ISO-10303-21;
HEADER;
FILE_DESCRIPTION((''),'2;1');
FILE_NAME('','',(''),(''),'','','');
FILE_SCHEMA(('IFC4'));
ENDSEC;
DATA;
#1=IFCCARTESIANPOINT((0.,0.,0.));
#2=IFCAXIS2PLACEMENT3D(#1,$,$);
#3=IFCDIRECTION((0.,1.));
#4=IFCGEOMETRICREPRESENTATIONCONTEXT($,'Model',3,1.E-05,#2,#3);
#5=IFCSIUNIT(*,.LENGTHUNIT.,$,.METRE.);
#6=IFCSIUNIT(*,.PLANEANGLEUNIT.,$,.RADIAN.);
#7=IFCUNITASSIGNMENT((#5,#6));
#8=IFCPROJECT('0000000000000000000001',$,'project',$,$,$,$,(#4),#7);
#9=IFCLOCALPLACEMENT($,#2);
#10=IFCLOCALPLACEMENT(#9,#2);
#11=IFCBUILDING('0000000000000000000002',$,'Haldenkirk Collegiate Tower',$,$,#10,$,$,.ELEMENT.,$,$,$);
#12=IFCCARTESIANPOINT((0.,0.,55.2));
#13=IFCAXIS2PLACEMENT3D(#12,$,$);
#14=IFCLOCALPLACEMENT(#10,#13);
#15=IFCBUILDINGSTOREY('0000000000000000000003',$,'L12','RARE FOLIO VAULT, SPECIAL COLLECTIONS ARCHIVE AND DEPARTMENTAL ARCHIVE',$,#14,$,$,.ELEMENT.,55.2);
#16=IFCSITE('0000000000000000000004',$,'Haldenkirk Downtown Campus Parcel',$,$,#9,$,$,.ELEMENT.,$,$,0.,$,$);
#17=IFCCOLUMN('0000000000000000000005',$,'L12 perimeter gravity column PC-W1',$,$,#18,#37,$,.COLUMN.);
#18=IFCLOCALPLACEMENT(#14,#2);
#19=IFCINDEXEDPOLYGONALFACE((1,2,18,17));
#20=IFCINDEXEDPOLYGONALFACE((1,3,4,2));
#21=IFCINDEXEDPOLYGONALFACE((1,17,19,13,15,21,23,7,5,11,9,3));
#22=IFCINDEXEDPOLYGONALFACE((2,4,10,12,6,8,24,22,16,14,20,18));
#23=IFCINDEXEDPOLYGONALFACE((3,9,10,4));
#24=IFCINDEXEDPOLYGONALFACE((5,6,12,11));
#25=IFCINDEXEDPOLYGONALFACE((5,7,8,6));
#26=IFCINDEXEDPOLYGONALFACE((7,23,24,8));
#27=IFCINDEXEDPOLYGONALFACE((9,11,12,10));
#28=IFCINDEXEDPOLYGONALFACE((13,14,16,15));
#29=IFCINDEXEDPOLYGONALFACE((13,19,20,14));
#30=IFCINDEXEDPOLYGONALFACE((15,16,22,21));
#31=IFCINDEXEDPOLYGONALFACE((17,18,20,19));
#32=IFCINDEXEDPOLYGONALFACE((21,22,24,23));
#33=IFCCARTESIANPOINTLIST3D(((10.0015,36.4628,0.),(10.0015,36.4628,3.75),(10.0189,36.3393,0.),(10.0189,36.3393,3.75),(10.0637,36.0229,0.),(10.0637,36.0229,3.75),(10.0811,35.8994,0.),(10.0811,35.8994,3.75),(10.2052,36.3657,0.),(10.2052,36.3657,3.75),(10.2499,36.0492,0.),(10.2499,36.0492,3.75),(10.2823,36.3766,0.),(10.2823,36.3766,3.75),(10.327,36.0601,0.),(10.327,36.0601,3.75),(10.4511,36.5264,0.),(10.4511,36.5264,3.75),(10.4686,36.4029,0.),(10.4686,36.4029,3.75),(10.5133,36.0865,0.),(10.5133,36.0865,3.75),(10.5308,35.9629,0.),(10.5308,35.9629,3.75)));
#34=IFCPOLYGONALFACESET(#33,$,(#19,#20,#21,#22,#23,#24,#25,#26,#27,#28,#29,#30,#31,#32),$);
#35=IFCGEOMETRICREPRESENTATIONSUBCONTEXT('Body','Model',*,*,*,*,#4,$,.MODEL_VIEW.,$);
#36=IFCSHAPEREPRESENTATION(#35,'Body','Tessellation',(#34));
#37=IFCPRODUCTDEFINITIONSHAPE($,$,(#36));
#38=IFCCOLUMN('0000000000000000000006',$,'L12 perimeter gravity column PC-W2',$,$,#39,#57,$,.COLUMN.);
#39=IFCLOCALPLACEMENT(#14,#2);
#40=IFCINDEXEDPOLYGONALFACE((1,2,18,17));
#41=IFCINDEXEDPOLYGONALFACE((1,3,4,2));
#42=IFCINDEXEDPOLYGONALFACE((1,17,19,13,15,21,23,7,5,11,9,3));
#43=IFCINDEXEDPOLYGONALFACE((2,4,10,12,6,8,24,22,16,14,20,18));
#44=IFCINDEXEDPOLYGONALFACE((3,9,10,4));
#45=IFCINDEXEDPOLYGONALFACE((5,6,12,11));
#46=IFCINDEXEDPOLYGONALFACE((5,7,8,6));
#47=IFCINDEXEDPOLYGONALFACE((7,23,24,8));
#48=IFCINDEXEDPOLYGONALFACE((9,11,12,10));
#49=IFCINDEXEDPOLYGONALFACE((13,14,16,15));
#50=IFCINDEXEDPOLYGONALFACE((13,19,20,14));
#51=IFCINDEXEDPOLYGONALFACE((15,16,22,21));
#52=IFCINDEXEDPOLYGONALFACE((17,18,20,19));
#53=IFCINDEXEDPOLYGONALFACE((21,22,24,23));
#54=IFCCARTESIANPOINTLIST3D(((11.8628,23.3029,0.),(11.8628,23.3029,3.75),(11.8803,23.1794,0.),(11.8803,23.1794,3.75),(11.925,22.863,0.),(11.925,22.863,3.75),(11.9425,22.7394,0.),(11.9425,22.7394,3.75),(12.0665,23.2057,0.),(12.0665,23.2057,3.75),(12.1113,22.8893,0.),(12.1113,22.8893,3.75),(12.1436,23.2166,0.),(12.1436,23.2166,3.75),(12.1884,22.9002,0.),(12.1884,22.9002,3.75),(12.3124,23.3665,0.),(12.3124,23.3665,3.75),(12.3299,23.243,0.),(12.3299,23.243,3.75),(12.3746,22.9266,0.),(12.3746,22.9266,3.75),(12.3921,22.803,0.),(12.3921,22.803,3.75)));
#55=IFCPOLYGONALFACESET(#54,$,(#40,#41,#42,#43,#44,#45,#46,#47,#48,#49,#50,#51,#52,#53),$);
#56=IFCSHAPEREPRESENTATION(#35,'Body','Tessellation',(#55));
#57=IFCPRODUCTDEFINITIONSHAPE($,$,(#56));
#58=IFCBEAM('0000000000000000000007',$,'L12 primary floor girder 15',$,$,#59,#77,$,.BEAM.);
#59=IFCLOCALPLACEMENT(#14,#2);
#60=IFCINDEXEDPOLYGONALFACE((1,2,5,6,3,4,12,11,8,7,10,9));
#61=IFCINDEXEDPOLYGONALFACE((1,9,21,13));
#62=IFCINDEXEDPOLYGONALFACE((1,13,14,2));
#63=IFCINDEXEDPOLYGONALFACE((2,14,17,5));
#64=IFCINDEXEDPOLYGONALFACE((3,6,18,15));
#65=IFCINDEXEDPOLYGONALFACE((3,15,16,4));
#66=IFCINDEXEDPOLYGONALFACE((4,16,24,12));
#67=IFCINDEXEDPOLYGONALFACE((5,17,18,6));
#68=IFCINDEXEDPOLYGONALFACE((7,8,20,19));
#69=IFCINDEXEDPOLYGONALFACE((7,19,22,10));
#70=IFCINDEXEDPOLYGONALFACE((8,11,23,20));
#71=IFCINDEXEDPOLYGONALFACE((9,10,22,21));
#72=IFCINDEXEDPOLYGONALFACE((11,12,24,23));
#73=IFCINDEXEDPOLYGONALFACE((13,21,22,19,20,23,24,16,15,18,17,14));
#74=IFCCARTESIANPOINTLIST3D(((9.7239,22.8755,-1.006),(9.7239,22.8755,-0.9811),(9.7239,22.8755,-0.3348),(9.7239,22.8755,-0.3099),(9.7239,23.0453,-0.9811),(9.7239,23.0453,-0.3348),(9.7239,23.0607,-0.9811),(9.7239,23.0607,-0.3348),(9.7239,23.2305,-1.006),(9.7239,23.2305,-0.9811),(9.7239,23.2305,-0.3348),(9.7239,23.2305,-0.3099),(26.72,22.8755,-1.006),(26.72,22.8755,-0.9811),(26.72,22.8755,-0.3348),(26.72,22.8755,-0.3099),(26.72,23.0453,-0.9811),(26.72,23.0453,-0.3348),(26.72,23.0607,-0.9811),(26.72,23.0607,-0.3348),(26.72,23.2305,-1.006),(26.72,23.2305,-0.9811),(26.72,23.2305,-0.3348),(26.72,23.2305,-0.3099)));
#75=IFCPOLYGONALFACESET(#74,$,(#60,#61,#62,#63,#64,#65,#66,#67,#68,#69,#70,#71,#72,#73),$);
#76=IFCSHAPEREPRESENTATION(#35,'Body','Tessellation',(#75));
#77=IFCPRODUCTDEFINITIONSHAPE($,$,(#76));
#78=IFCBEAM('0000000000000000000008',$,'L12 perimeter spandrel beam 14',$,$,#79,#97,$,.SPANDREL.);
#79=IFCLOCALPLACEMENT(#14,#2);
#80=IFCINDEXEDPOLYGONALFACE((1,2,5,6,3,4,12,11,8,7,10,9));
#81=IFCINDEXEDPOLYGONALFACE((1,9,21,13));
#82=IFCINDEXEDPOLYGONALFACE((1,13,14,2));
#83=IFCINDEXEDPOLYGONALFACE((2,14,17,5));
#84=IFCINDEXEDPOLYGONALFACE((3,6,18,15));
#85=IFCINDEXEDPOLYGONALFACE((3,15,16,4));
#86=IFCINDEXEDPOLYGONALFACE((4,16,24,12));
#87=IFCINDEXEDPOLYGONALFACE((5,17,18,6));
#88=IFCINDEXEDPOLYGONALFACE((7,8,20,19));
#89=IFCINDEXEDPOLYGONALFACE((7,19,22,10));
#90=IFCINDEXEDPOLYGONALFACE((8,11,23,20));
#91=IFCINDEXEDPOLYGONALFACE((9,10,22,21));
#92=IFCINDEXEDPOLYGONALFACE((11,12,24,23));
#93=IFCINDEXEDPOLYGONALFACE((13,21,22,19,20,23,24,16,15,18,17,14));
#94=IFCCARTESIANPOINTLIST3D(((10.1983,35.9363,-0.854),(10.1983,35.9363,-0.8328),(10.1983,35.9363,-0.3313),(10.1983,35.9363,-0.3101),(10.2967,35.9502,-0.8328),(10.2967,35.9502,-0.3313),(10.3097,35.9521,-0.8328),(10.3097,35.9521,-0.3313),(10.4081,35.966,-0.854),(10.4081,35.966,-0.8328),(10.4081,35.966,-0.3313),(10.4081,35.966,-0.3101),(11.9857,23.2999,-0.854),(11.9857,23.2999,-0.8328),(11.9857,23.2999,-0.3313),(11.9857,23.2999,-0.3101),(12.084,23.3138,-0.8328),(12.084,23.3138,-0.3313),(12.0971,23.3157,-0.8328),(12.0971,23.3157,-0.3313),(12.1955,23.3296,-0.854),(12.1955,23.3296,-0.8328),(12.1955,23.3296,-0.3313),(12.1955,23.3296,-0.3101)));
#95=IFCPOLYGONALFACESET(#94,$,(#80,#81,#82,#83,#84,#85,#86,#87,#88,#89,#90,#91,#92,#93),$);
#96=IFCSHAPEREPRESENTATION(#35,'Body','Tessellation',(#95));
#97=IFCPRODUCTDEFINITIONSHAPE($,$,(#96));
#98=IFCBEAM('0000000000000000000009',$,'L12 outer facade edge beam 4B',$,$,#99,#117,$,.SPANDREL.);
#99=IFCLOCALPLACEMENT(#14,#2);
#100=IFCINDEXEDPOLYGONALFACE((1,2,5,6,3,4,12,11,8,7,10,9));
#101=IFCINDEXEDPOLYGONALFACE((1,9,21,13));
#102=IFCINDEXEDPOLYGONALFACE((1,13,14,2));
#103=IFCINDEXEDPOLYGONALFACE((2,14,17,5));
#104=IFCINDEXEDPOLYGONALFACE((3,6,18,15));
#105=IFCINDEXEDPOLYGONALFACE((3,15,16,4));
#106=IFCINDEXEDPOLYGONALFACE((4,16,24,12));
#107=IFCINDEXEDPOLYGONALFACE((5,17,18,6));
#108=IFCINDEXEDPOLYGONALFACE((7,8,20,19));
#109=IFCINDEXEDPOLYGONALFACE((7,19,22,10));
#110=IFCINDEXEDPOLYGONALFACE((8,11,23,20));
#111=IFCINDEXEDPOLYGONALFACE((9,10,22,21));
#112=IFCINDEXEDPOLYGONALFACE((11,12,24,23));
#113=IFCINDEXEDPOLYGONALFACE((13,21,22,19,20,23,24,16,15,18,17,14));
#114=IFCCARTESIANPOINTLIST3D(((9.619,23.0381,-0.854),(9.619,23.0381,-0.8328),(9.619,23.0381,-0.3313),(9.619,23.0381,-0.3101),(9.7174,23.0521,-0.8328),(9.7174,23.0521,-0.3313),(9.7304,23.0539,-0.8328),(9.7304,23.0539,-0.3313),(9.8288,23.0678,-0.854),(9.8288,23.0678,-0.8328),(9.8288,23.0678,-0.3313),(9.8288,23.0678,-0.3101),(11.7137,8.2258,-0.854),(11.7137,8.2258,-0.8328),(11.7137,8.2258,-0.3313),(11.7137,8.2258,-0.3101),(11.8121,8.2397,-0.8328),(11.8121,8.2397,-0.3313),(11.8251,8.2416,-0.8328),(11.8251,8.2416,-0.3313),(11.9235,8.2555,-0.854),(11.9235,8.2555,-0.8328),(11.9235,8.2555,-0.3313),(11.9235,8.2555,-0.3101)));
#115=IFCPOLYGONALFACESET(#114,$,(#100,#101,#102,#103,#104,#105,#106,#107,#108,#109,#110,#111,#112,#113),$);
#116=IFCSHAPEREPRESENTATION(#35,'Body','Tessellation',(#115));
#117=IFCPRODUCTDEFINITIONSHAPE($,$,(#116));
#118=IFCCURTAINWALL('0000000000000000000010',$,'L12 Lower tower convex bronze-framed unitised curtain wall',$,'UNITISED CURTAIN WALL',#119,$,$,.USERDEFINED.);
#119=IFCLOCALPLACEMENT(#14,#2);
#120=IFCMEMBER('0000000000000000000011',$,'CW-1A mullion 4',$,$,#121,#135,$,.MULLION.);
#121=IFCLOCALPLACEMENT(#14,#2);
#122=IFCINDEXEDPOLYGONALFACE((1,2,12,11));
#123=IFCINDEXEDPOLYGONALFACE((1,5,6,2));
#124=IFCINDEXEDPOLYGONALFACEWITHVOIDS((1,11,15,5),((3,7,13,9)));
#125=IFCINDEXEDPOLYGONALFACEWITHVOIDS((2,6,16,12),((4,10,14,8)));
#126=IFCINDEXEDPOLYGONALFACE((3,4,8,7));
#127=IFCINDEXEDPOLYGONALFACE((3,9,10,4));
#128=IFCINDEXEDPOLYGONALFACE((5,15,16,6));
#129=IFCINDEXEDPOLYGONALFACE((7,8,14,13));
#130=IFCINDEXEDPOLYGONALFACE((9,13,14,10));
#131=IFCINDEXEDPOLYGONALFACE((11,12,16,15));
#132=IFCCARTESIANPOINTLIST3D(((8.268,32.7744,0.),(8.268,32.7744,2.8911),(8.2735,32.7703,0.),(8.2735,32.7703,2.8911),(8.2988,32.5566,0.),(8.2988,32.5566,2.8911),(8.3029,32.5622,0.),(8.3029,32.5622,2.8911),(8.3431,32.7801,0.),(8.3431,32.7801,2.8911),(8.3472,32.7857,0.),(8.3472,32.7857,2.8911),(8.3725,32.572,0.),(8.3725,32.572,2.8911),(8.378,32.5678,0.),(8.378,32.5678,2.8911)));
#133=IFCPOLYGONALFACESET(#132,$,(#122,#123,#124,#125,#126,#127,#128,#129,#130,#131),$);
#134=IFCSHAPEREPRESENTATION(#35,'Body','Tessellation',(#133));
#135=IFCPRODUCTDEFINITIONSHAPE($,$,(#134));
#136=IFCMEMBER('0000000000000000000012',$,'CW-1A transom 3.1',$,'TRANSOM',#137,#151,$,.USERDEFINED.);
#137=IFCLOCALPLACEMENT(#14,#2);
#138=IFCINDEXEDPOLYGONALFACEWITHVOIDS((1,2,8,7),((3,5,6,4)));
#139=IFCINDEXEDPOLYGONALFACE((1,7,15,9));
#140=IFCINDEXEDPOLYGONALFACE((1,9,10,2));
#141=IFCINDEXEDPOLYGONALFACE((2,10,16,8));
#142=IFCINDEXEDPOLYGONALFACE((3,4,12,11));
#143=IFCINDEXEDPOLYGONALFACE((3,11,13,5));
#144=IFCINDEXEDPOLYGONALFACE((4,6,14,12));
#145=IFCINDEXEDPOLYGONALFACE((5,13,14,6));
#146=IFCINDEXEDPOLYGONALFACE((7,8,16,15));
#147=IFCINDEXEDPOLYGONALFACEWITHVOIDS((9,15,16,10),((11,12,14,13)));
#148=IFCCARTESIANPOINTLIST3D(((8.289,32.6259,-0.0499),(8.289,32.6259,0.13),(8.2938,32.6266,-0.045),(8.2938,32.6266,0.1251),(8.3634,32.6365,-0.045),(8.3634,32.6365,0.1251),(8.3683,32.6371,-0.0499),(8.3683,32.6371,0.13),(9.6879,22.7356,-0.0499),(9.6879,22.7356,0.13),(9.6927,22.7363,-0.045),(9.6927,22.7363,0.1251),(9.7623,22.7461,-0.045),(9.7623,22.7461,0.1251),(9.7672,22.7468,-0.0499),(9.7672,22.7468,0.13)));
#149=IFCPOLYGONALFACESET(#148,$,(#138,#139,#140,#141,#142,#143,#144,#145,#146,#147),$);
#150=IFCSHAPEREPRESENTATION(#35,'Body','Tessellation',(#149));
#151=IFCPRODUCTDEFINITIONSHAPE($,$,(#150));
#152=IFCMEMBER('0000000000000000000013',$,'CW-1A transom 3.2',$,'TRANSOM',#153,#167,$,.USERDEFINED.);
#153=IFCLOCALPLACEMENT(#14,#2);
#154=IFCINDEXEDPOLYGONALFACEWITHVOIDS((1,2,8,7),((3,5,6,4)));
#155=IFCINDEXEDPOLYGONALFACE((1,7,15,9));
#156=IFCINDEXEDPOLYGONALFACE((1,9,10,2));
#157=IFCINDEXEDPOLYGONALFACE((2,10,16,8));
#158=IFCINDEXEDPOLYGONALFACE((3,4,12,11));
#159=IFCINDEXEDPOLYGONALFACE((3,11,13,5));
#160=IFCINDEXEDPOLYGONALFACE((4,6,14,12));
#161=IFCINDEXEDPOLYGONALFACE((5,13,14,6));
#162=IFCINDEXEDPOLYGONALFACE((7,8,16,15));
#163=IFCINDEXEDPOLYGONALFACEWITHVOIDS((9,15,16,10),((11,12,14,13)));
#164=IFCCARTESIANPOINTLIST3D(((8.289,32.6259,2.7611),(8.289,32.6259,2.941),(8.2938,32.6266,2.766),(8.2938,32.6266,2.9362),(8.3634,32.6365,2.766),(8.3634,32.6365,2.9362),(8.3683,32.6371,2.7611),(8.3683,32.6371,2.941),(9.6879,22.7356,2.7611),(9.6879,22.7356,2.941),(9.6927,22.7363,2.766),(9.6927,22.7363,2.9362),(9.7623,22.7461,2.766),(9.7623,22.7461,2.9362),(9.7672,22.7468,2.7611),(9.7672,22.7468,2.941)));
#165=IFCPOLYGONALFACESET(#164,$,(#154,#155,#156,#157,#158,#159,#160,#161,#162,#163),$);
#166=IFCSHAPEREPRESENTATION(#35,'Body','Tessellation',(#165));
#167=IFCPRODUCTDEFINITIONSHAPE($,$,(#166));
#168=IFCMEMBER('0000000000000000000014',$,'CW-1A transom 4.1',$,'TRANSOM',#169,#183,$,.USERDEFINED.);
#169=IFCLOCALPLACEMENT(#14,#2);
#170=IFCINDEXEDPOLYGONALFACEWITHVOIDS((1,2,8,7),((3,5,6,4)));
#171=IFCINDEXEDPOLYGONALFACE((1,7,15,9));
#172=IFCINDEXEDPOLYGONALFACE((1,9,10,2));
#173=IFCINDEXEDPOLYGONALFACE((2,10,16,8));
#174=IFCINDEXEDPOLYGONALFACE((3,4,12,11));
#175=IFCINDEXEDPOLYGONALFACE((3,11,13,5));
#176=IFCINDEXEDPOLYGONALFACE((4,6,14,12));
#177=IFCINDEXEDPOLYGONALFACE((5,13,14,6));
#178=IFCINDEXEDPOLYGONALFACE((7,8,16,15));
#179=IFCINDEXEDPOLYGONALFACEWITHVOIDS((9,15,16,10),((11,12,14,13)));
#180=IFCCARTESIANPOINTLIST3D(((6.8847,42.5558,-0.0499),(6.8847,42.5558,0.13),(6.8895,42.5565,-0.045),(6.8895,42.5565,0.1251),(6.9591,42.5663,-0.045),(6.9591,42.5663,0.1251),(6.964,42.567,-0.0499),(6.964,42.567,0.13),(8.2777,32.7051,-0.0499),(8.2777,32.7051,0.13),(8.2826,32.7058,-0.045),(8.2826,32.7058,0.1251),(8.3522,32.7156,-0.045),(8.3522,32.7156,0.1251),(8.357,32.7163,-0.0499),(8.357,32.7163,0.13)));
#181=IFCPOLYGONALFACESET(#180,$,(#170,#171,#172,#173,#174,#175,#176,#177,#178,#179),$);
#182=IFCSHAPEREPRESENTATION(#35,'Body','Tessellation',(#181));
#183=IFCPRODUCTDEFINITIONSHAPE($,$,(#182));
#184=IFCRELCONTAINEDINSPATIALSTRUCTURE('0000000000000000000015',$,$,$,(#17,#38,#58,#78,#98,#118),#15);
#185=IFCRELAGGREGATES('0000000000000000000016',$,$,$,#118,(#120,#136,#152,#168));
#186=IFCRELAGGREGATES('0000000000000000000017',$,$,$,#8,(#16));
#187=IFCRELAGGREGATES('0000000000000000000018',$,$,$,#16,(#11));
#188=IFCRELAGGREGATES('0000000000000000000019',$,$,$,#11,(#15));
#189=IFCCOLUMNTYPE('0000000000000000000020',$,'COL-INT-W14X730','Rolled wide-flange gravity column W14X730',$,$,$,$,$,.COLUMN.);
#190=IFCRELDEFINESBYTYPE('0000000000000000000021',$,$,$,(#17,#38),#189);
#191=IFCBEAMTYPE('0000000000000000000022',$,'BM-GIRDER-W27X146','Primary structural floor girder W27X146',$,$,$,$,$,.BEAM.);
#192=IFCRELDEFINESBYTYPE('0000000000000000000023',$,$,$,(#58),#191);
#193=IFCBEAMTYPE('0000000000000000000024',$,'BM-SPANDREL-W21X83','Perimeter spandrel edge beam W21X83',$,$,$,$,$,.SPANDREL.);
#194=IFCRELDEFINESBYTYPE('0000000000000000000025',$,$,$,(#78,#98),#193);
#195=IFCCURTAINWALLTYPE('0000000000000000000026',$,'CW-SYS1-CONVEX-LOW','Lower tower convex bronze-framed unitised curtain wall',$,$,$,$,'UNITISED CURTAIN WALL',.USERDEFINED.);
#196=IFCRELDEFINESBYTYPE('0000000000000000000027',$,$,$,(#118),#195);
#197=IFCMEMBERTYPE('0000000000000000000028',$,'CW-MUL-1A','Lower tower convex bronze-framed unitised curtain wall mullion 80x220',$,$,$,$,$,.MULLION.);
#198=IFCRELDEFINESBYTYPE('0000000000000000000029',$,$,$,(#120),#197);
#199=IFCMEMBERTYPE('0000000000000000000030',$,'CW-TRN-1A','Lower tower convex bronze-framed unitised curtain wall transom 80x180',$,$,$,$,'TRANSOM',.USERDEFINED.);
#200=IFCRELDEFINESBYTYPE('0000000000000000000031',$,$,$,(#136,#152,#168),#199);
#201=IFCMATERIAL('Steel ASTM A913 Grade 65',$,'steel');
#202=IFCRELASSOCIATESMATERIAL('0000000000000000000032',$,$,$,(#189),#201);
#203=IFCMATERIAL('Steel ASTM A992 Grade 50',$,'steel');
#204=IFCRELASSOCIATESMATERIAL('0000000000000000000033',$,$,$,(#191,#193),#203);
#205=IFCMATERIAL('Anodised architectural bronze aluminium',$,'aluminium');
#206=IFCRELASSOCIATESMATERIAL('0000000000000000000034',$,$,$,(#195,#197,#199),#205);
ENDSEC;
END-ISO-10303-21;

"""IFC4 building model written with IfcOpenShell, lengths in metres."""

from ifc_helpers import new_model, si_unit, direction, frame, origin, origin_2d, place, context, subcontext, project, spatial, hollow_rectangle, i_section, extrude, material, material_profile, profile_set, type_object, element, aggregate, save


model = new_model("IFC4")

# Units and contexts
model_context = context("Model", 3, precision=1e-05, world=origin(), true_north=direction((0.0, 1.0)))
body_context = subcontext(model_context, "Body", "Model", "MODEL_VIEW")
ifc_project = project(units=[si_unit("LENGTHUNIT", "METRE"), si_unit("PLANEANGLEUNIT", "RADIAN")], contexts=[model_context])

# Site, building, storey
site_placement = place(None, origin())
site = spatial("IfcSite", under=ifc_project, at=site_placement, Name="Haldenkirk Downtown Campus Parcel", CompositionType="ELEMENT", RefElevation=0.0)
building_placement = place(site_placement, origin())
building = spatial("IfcBuilding", under=site, at=building_placement, Name="Haldenkirk Collegiate Tower", CompositionType="ELEMENT")
storey_placement = place(building_placement, frame((0.0, 0.0, 55.2)))
storey = spatial("IfcBuildingStorey", under=building, at=storey_placement, Name="L12", Description="RARE FOLIO VAULT, SPECIAL COLLECTIONS ARCHIVE AND DEPARTMENTAL ARCHIVE", CompositionType="ELEMENT", Elevation=55.2)

# Columns
ifc_material_1 = material(Name="Steel ASTM A913 Grade 65", Category="steel")
ifc_material_profile_1 = material_profile(ifc_material_1, i_section(OverallWidth=0.4541, OverallDepth=0.5691, WebThickness=0.0779, FlangeThickness=0.1248, at=origin_2d()), Name="W14X730")
ifc_profile_set_1 = profile_set([ifc_material_profile_1], Name="Steel ASTM A913 Grade 65")
column_type = type_object("IfcColumnType", Name="COL-INT-W14X730", Description="Rolled wide-flange gravity column W14X730", PredefinedType="COLUMN", material=ifc_profile_set_1)
for number, where, z_axis, x_axis, name in (
    (1, (10.2661, 36.2129, 0.0), (0.0, 0.0, 1.0), (0.990146, 0.140037, 0.0), "L12 perimeter gravity column PC-W1"),
    (2, (12.1274, 23.053, 0.0), (0.0, 0.0, 1.0), (0.990146, 0.140037, 0.0), "L12 perimeter gravity column PC-W2"),
):
    element("IfcColumn", number, at=place(storey_placement, frame(where, z_axis=z_axis, x_axis=x_axis)), inside=storey, type_object=column_type, Name=name, PredefinedType="COLUMN", context=body_context, shape_type="SweptSolid", body=[
        extrude(i_section(OverallWidth=0.4541, OverallDepth=0.5691, WebThickness=0.0779, FlangeThickness=0.1248, at=origin_2d()), origin(), (0.0, 0.0, 1.0), 3.75),
    ])

# Beams
ifc_material_2 = material(Name="Steel ASTM A992 Grade 50", Category="steel")
ifc_material_profile_2 = material_profile(ifc_material_2, i_section(OverallWidth=0.355, OverallDepth=0.696, WebThickness=0.0154, FlangeThickness=0.0249, at=origin_2d()), Name="W27X146")
ifc_profile_set_2 = profile_set([ifc_material_profile_2], Name="Steel ASTM A992 Grade 50")
beam_type_1 = type_object("IfcBeamType", Name="BM-GIRDER-W27X146", Description="Primary structural floor girder W27X146", PredefinedType="BEAM", material=ifc_profile_set_2)
beam_1_placement = place(storey_placement, frame((9.7239, 23.053, -0.658), z_axis=(1.0, 0.0, 0.0), x_axis=(0.0, 1.0, 0.0)))
element("IfcBeam", 3, at=beam_1_placement, inside=storey, type_object=beam_type_1, Name="L12 primary floor girder 15", PredefinedType="BEAM", context=body_context, shape_type="SweptSolid", body=[
    extrude(i_section(OverallWidth=0.355, OverallDepth=0.696, WebThickness=0.0154, FlangeThickness=0.0249, at=origin_2d()), origin(), (0.0, 0.0, 1.0), 16.9961),
])
ifc_material_profile_3 = material_profile(ifc_material_2, i_section(OverallWidth=0.2119, OverallDepth=0.5439, WebThickness=0.0132, FlangeThickness=0.0212, at=origin_2d()), Name="W21X83")
ifc_profile_set_3 = profile_set([ifc_material_profile_3], Name="Steel ASTM A992 Grade 50")
beam_type_2 = type_object("IfcBeamType", Name="BM-SPANDREL-W21X83", Description="Perimeter spandrel edge beam W21X83", PredefinedType="SPANDREL", material=ifc_profile_set_3)
beam_2_placement = place(storey_placement, frame((10.3032, 35.9512, -0.582), z_axis=(0.14005, -0.990144, 0.0), x_axis=(0.990144, 0.14005, 0.0)))
element("IfcBeam", 4, at=beam_2_placement, inside=storey, type_object=beam_type_2, Name="L12 perimeter spandrel beam 14", PredefinedType="SPANDREL", context=body_context, shape_type="SweptSolid", body=[
    extrude(i_section(OverallWidth=0.2119, OverallDepth=0.5439, WebThickness=0.0132, FlangeThickness=0.0212, at=origin_2d()), origin(), (0.0, 0.0, 1.0), 12.7622),
])
beam_3_placement = place(storey_placement, frame((9.7239, 23.053, -0.582), z_axis=(0.140025, -0.990148, 0.0), x_axis=(0.990148, 0.140025, 0.0)))
element("IfcBeam", 5, at=beam_3_placement, inside=storey, type_object=beam_type_2, Name="L12 outer facade edge beam 4B", PredefinedType="SPANDREL", context=body_context, shape_type="SweptSolid", body=[
    extrude(i_section(OverallWidth=0.2119, OverallDepth=0.5439, WebThickness=0.0132, FlangeThickness=0.0212, at=origin_2d()), origin(), (0.0, 0.0, 1.0), 14.9597),
])

# Curtain wall, members
ifc_material_3 = material(Name="Anodised architectural bronze aluminium", Category="aluminium")
curtain_wall_type = type_object("IfcCurtainWallType", Name="CW-SYS1-CONVEX-LOW", Description="Lower tower convex bronze-framed unitised curtain wall", ElementType="UNITISED CURTAIN WALL", PredefinedType="USERDEFINED", material=ifc_material_3)
curtain_wall_placement = place(storey_placement, origin())
curtain_wall = element("IfcCurtainWall", 6, at=curtain_wall_placement, inside=storey, type_object=curtain_wall_type, Name="L12 Lower tower convex bronze-framed unitised curtain wall", ObjectType="UNITISED CURTAIN WALL", PredefinedType="USERDEFINED")
ifc_material_profile_4 = material_profile(ifc_material_3, hollow_rectangle(XDim=0.0801, YDim=0.22, WallThickness=0.0049, at=origin_2d()), Name="CW-MUL-1A")
ifc_profile_set_4 = profile_set([ifc_material_profile_4], Name="Anodised architectural bronze aluminium")
member_type_1 = type_object("IfcMemberType", Name="CW-MUL-1A", Description="Lower tower convex bronze-framed unitised curtain wall mullion 80x220", PredefinedType="MULLION", material=ifc_profile_set_4)
member_1_placement = place(storey_placement, frame((8.323, 32.6711, 0.0), z_axis=(0.0, 0.0, 1.0), x_axis=(-0.990146, -0.140039, 0.0)))
member_1 = element("IfcMember", 7, at=member_1_placement, type_object=member_type_1, Name="CW-1A mullion 4", PredefinedType="MULLION", context=body_context, shape_type="SweptSolid", body=[
    extrude(hollow_rectangle(XDim=0.0801, YDim=0.22, WallThickness=0.0049, at=origin_2d()), origin(), (0.0, 0.0, 1.0), 2.8911),
])
ifc_material_profile_5 = material_profile(ifc_material_3, hollow_rectangle(XDim=0.0801, YDim=0.1799, WallThickness=0.0049, at=origin_2d()), Name="CW-TRN-1A")
ifc_profile_set_5 = profile_set([ifc_material_profile_5], Name="Anodised architectural bronze aluminium")
member_type_2 = type_object("IfcMemberType", Name="CW-TRN-1A", Description="Lower tower convex bronze-framed unitised curtain wall transom 80x180", ElementType="TRANSOM", PredefinedType="USERDEFINED", material=ifc_profile_set_5)
member_2_placement = place(storey_placement, frame((9.7275, 22.7412, 0.04), z_axis=(-0.140049, 0.990145, 0.0), x_axis=(-0.990145, -0.140049, 0.0)))
member_2 = element("IfcMember", 8, at=member_2_placement, type_object=member_type_2, Name="CW-1A transom 3.1", ObjectType="TRANSOM", PredefinedType="USERDEFINED", context=body_context, shape_type="SweptSolid", body=[
    extrude(hollow_rectangle(XDim=0.0801, YDim=0.1799, WallThickness=0.0049, at=origin_2d()), origin(), (0.0, 0.0, 1.0), 9.9888),
])
member_3_placement = place(storey_placement, frame((9.7275, 22.7412, 2.8511), z_axis=(-0.140049, 0.990145, 0.0), x_axis=(-0.990145, -0.140049, 0.0)))
member_3 = element("IfcMember", 9, at=member_3_placement, type_object=member_type_2, Name="CW-1A transom 3.2", ObjectType="TRANSOM", PredefinedType="USERDEFINED", context=body_context, shape_type="SweptSolid", body=[
    extrude(hollow_rectangle(XDim=0.0801, YDim=0.1799, WallThickness=0.0049, at=origin_2d()), origin(), (0.0, 0.0, 1.0), 9.9888),
])
member_4_placement = place(storey_placement, frame((8.3174, 32.7107, 0.04), z_axis=(-0.140023, 0.990148, 0.0), x_axis=(-0.990148, -0.140023, 0.0)))
member_4 = element("IfcMember", 10, at=member_4_placement, type_object=member_type_2, Name="CW-1A transom 4.1", ObjectType="TRANSOM", PredefinedType="USERDEFINED", context=body_context, shape_type="SweptSolid", body=[
    extrude(hollow_rectangle(XDim=0.0801, YDim=0.1799, WallThickness=0.0049, at=origin_2d()), origin(), (0.0, 0.0, 1.0), 9.9487),
])
aggregate(curtain_wall, [member_1, member_2, member_3, member_4])

save(model, "model.ifc")
